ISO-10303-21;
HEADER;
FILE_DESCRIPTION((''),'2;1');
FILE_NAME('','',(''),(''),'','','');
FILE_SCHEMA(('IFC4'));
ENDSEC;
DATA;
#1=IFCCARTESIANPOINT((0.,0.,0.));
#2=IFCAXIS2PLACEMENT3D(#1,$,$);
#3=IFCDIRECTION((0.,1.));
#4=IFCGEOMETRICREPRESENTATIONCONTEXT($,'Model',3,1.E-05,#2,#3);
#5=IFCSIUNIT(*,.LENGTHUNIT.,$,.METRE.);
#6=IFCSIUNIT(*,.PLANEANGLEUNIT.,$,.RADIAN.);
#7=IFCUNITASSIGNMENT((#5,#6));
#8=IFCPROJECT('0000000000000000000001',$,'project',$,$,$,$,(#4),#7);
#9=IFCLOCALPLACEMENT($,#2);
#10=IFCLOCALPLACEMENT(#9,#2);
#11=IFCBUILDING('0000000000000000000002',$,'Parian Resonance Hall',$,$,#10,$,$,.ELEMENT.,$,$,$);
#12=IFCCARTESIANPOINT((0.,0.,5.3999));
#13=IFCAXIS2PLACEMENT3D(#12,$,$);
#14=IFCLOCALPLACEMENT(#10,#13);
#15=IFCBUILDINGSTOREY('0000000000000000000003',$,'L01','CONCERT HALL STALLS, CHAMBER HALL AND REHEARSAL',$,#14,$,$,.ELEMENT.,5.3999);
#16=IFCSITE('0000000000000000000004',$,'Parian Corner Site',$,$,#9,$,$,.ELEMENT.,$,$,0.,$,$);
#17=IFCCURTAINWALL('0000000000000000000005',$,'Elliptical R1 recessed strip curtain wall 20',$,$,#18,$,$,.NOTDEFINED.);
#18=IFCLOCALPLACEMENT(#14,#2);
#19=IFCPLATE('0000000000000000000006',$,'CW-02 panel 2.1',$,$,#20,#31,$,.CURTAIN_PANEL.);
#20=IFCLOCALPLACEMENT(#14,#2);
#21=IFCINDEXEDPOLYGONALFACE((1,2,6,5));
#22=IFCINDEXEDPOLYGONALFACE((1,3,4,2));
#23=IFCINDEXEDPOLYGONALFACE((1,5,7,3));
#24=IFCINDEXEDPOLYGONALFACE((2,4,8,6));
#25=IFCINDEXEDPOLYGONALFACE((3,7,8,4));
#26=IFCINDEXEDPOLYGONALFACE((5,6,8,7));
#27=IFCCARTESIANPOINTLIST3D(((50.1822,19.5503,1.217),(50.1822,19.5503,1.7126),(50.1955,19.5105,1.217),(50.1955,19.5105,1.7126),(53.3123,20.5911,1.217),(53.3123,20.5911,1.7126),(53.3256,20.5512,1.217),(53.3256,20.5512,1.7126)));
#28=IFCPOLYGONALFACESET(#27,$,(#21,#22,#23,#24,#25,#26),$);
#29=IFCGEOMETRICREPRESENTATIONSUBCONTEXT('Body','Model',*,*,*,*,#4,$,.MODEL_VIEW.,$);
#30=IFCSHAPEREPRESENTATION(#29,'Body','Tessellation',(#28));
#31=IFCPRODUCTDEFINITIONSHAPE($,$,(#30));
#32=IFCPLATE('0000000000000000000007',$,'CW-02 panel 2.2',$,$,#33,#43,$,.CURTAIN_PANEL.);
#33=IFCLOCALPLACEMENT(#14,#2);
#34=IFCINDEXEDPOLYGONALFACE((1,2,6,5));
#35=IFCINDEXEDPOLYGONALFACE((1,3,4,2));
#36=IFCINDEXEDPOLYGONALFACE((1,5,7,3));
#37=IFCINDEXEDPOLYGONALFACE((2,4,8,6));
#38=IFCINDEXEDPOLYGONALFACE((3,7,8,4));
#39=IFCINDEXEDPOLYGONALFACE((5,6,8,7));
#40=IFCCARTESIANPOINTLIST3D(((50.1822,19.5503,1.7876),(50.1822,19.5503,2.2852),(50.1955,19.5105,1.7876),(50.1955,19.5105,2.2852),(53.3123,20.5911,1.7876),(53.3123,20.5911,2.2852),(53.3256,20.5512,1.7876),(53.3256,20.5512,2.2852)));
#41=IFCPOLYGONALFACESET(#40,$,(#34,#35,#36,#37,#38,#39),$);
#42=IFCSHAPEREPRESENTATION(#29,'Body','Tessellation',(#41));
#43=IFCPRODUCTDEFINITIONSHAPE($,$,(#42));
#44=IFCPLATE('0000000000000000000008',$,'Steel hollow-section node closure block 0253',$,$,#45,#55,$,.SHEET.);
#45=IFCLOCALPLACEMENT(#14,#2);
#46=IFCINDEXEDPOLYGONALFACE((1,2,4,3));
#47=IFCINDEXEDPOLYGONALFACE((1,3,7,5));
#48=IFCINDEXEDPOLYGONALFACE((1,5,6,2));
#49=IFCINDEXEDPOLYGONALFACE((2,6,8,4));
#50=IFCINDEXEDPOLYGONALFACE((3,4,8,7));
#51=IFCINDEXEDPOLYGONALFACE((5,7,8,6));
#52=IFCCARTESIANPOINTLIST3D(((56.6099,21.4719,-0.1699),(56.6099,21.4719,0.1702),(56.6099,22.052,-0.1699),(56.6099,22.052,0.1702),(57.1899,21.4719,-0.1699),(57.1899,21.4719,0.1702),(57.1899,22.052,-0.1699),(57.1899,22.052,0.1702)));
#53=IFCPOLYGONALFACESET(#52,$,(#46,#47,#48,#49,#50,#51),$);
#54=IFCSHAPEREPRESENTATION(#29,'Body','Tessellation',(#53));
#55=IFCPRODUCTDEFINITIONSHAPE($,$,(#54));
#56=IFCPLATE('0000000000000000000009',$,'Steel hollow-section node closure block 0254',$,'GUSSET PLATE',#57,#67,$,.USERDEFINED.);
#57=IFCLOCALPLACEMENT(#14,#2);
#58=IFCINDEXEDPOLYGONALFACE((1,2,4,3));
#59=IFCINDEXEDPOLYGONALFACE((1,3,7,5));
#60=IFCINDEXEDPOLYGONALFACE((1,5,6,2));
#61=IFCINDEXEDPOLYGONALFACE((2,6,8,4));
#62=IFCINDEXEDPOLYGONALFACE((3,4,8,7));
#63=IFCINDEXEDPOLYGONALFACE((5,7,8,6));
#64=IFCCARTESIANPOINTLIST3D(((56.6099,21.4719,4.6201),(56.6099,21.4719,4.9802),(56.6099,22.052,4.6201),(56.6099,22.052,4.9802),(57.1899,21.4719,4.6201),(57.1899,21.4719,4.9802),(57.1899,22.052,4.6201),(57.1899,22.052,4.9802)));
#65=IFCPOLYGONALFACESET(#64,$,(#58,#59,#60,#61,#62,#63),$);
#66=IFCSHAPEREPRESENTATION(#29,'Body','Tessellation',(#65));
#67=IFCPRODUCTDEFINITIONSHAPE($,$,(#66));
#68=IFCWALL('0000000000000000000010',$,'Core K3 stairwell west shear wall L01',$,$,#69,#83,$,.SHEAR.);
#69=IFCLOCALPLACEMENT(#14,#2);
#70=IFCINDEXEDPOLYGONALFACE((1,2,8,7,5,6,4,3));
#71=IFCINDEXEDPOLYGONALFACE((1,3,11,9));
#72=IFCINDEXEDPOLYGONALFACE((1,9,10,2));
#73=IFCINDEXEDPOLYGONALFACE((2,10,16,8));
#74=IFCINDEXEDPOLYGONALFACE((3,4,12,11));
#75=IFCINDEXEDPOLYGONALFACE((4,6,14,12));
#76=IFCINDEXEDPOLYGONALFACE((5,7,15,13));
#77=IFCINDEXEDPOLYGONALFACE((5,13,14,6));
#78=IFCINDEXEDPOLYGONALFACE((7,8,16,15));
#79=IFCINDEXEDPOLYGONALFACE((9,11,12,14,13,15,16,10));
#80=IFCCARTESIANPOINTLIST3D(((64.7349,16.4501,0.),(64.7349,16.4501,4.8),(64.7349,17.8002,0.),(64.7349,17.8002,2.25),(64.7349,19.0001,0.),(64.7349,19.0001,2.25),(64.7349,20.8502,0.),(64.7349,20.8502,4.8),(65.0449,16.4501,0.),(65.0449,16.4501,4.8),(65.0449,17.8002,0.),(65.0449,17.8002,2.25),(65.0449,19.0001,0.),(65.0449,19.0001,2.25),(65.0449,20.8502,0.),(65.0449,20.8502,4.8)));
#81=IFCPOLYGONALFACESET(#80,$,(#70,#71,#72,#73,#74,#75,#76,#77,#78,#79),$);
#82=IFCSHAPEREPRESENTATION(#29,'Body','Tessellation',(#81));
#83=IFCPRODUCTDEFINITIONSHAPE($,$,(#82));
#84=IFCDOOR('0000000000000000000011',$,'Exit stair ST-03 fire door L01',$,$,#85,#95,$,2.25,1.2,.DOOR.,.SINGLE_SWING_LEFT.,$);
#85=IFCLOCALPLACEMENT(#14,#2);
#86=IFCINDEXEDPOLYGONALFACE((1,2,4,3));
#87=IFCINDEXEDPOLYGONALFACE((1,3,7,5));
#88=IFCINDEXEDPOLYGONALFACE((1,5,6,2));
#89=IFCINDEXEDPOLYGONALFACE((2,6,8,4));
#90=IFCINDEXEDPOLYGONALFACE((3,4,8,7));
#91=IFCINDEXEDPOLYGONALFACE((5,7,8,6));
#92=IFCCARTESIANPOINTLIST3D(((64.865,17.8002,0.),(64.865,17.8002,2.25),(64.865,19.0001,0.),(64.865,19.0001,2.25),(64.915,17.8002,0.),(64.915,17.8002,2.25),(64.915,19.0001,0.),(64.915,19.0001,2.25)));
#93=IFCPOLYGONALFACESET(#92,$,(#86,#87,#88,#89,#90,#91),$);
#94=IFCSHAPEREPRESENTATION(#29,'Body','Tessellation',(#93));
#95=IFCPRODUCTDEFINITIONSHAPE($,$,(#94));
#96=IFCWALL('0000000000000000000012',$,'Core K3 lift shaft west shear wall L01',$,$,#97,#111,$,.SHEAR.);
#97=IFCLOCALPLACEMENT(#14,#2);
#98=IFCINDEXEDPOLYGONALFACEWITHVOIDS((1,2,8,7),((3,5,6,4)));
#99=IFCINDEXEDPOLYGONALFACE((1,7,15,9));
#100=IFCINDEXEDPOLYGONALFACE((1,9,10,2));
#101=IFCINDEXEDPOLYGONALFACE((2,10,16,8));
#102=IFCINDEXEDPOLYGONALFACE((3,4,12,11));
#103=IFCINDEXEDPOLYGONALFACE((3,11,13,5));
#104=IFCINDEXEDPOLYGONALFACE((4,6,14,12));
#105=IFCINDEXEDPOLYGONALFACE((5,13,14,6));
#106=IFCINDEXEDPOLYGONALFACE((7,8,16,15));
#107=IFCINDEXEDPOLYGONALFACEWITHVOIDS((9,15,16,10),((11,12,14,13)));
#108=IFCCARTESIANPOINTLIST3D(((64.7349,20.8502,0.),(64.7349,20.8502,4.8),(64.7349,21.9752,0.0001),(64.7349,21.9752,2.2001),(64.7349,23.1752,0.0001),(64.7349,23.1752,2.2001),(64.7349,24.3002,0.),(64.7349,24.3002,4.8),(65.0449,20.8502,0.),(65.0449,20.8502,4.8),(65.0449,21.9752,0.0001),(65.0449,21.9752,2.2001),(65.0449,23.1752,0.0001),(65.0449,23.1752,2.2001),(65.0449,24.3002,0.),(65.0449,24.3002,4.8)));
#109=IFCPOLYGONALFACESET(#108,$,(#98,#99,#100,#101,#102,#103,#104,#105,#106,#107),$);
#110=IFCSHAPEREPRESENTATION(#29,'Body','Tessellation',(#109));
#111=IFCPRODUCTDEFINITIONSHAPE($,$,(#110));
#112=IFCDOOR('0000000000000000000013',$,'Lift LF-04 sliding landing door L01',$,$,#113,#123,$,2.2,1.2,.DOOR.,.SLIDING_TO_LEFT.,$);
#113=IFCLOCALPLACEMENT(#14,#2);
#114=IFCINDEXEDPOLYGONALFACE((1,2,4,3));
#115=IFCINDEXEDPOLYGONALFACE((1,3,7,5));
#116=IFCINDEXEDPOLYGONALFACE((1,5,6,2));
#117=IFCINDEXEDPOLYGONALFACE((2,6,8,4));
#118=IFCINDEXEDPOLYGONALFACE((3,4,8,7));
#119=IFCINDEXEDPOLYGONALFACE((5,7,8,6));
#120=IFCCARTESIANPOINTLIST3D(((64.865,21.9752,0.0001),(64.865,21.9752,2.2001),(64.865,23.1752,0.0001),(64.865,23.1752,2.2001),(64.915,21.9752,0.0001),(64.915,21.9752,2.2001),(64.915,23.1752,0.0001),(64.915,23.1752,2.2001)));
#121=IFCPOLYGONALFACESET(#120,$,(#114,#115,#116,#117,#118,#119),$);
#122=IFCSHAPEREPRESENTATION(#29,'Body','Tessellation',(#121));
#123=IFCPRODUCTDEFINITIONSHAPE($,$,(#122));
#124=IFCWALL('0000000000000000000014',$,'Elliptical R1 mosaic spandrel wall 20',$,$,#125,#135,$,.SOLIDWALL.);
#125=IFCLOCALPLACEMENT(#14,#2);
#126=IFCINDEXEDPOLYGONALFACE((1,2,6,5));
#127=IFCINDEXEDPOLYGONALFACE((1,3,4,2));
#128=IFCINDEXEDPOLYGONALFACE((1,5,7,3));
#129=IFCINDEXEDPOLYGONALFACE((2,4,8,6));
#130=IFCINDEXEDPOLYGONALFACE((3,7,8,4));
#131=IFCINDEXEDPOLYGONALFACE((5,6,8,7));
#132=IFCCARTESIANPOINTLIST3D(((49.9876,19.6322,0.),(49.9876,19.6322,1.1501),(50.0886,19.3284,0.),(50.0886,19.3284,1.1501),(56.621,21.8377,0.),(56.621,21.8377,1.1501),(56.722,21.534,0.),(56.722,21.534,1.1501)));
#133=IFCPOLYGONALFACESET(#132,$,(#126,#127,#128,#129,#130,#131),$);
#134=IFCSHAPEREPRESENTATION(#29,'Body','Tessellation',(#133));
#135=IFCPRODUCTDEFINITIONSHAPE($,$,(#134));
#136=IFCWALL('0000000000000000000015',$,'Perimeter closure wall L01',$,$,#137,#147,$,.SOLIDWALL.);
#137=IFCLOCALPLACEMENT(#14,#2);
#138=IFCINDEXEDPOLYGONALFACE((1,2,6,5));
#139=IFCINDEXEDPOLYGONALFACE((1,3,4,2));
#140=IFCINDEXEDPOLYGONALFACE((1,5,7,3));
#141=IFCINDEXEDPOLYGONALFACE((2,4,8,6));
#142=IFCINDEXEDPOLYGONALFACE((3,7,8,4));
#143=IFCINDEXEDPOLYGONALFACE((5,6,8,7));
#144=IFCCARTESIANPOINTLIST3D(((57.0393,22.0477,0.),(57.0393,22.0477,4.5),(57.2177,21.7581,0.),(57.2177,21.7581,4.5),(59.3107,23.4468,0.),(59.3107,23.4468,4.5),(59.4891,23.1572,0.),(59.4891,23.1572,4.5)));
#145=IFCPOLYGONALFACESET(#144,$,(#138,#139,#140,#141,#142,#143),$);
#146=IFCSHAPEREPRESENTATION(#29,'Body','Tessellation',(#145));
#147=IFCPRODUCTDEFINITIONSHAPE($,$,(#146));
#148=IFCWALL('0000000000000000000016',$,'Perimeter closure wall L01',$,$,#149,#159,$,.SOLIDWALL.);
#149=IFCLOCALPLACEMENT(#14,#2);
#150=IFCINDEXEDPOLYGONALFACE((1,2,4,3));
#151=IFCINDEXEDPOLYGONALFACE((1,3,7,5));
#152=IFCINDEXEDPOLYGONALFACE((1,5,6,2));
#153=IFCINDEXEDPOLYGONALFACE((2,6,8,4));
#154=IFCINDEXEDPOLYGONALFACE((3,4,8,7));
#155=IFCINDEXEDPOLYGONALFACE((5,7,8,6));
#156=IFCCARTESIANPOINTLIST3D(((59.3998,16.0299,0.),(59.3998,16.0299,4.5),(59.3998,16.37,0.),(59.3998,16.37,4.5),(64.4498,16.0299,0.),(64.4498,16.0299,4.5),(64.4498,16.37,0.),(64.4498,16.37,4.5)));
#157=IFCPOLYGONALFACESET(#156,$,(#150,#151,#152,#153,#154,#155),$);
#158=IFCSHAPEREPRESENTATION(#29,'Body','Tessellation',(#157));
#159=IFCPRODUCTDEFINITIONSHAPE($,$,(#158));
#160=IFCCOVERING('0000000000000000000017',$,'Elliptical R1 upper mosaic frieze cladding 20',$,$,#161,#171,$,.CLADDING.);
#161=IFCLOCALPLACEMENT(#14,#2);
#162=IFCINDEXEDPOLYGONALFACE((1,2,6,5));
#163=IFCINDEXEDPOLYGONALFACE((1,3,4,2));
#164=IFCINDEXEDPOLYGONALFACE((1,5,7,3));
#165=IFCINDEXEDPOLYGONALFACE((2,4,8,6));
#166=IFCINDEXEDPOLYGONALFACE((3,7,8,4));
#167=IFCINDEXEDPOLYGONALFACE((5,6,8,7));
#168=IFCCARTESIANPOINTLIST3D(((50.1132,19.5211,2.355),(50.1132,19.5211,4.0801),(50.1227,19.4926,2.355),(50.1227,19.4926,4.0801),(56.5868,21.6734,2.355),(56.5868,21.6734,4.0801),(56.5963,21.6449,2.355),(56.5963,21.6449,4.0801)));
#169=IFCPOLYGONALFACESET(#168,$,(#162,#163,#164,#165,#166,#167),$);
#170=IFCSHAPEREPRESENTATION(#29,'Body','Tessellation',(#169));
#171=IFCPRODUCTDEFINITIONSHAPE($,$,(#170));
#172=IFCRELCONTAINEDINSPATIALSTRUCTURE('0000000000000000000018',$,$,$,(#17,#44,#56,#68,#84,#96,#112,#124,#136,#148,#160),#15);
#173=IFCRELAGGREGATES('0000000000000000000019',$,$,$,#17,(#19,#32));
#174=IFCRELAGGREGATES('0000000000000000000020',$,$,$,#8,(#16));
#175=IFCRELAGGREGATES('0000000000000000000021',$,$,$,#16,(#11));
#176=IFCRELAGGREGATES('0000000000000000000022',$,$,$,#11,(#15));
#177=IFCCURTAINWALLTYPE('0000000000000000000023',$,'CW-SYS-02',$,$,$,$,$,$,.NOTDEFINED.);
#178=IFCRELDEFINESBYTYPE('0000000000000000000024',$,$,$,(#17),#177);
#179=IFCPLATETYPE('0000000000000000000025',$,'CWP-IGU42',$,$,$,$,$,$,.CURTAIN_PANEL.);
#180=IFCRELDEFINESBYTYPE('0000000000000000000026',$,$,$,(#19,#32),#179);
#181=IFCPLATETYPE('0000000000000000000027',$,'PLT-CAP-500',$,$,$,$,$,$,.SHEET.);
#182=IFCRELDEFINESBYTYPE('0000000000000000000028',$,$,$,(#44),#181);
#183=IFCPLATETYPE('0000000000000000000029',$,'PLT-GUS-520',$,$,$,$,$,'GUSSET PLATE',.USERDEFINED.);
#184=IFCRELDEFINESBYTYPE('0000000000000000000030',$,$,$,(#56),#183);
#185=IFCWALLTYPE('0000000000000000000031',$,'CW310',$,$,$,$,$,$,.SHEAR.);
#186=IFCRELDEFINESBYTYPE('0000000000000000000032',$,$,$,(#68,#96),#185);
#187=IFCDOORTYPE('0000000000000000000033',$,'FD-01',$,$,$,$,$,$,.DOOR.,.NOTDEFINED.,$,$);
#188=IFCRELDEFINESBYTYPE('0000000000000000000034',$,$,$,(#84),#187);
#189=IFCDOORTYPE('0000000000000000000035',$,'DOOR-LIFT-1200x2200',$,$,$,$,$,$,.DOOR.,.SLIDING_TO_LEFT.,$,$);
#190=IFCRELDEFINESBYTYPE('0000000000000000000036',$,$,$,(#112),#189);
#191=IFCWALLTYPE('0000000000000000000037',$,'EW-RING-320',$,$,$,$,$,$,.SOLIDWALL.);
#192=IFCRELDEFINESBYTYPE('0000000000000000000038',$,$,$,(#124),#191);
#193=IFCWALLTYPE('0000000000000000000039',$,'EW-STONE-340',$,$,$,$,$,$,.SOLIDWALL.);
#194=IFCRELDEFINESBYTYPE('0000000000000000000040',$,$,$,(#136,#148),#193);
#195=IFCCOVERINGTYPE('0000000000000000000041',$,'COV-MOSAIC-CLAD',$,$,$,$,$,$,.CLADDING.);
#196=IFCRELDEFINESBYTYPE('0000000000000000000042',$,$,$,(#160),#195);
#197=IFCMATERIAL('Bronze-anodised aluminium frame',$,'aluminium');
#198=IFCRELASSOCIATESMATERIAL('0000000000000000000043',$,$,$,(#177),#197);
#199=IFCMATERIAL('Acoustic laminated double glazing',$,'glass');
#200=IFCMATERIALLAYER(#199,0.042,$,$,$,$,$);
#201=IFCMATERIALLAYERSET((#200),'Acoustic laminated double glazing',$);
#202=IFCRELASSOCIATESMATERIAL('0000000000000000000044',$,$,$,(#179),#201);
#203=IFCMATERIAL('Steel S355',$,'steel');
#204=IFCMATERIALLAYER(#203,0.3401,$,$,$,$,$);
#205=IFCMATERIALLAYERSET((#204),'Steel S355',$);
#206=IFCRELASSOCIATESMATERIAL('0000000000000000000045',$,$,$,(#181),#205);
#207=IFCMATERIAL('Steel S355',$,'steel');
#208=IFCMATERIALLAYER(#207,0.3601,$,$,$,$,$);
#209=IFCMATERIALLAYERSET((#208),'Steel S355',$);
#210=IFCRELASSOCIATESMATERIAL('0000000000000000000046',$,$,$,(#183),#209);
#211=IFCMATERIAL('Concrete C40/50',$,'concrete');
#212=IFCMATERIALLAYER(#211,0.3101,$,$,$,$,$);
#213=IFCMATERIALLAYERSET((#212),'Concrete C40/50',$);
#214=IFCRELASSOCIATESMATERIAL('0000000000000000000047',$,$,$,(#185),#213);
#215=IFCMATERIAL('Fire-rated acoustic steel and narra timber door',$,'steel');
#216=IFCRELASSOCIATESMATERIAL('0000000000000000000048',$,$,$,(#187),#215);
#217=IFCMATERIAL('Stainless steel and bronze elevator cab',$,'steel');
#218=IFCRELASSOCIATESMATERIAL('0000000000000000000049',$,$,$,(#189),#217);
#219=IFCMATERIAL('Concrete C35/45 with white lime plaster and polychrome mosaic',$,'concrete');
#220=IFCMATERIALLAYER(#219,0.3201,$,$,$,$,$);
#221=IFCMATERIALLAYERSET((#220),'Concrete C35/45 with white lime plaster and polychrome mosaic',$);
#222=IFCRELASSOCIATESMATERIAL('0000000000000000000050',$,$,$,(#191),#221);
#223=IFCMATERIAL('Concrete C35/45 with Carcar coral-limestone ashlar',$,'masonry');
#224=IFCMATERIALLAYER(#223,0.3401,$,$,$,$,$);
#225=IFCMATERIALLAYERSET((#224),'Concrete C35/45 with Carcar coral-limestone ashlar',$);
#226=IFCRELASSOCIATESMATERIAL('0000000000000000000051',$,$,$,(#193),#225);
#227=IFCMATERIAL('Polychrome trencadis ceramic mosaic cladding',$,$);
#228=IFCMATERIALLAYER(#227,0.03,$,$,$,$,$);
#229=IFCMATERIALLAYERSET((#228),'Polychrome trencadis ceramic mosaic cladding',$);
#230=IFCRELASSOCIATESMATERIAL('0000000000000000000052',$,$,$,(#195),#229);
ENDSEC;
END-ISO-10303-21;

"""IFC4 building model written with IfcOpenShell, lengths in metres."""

from ifc_helpers import new_model, si_unit, direction, frame, frame_2d, origin, origin_2d, place, context, subcontext, project, spatial, rectangle, extrude, material, layer, layer_set, type_object, element, fill, aggregate, save


model = new_model("IFC4")

# Units and contexts
model_context = context("Model", 3, precision=1e-05, world=origin(), true_north=direction((0.0, 1.0)))
body_context = subcontext(model_context, "Body", "Model", "MODEL_VIEW")
ifc_project = project(units=[si_unit("LENGTHUNIT", "METRE"), si_unit("PLANEANGLEUNIT", "RADIAN")], contexts=[model_context])

# Site, building, storey
site_placement = place(None, origin())
site = spatial("IfcSite", under=ifc_project, at=site_placement, Name="Parian Corner Site", CompositionType="ELEMENT", RefElevation=0.0)
building_placement = place(site_placement, origin())
building = spatial("IfcBuilding", under=site, at=building_placement, Name="Parian Resonance Hall", CompositionType="ELEMENT")
storey_placement = place(building_placement, frame((0.0, 0.0, 5.3999)))
storey = spatial("IfcBuildingStorey", under=building, at=storey_placement, Name="L01", Description="CONCERT HALL STALLS, CHAMBER HALL AND REHEARSAL", CompositionType="ELEMENT", Elevation=5.3999)

# Curtain wall, plates
ifc_material_1 = material(Name="Bronze-anodised aluminium frame", Category="aluminium")
curtain_wall_type = type_object("IfcCurtainWallType", Name="CW-SYS-02", PredefinedType="NOTDEFINED", material=ifc_material_1)
curtain_wall_placement = place(storey_placement, origin())
curtain_wall = element("IfcCurtainWall", 1, at=curtain_wall_placement, inside=storey, type_object=curtain_wall_type, Name="Elliptical R1 recessed strip curtain wall 20", PredefinedType="NOTDEFINED")
ifc_material_2 = material(Name="Acoustic laminated double glazing", Category="glass")
ifc_layer_1 = layer(ifc_material_2, 0.042)
ifc_layer_set_1 = layer_set([ifc_layer_1], Name="Acoustic laminated double glazing")
plate_type_1 = type_object("IfcPlateType", Name="CWP-IGU42", PredefinedType="CURTAIN_PANEL", material=ifc_layer_set_1)
plate_1_placement = place(storey_placement, frame((51.7539, 20.0508, 1.217), z_axis=(0.0, 0.0, 1.0), x_axis=(-0.948925, -0.315502, 0.0)))
plate_1 = element("IfcPlate", 2, at=plate_1_placement, type_object=plate_type_1, Name="CW-02 panel 2.1", PredefinedType="CURTAIN_PANEL", context=body_context, shape_type="SweptSolid", body=[
    extrude(rectangle(XDim=3.2986, YDim=0.042, at=origin_2d()), origin(), (0.0, 0.0, 1.0), 0.4956),
])
plate_2_placement = place(storey_placement, frame((51.7539, 20.0508, 1.7876), z_axis=(0.0, 0.0, 1.0), x_axis=(-0.948925, -0.315502, 0.0)))
plate_2 = element("IfcPlate", 3, at=plate_2_placement, type_object=plate_type_1, Name="CW-02 panel 2.2", PredefinedType="CURTAIN_PANEL", context=body_context, shape_type="SweptSolid", body=[
    extrude(rectangle(XDim=3.2986, YDim=0.042, at=origin_2d()), origin(), (0.0, 0.0, 1.0), 0.4976),
])
aggregate(curtain_wall, [plate_1, plate_2])

# Plates
ifc_material_3 = material(Name="Steel S355", Category="steel")
ifc_layer_2 = layer(ifc_material_3, 0.3401)
ifc_layer_set_2 = layer_set([ifc_layer_2], Name="Steel S355")
plate_type_2 = type_object("IfcPlateType", Name="PLT-CAP-500", PredefinedType="SHEET", material=ifc_layer_set_2)
plate_3_placement = place(storey_placement, frame((56.8999, 21.762, -0.1699), z_axis=(0.0, 0.0, 1.0), x_axis=(1.0, 0.0, 0.0)))
element("IfcPlate", 4, at=plate_3_placement, inside=storey, type_object=plate_type_2, Name="Steel hollow-section node closure block 0253", PredefinedType="SHEET", context=body_context, shape_type="SweptSolid", body=[
    extrude(rectangle(XDim=0.5801, YDim=0.5801, at=origin_2d()), origin(), (0.0, 0.0, 1.0), 0.3401),
])
ifc_material_4 = material(Name="Steel S355", Category="steel")
ifc_layer_3 = layer(ifc_material_4, 0.3601)
ifc_layer_set_3 = layer_set([ifc_layer_3], Name="Steel S355")
plate_type_3 = type_object("IfcPlateType", Name="PLT-GUS-520", ElementType="GUSSET PLATE", PredefinedType="USERDEFINED", material=ifc_layer_set_3)
plate_4_placement = place(storey_placement, frame((56.8999, 21.762, 4.6201), z_axis=(0.0, 0.0, 1.0), x_axis=(1.0, 0.0, 0.0)))
element("IfcPlate", 5, at=plate_4_placement, inside=storey, type_object=plate_type_3, Name="Steel hollow-section node closure block 0254", ObjectType="GUSSET PLATE", PredefinedType="USERDEFINED", context=body_context, shape_type="SweptSolid", body=[
    extrude(rectangle(XDim=0.5801, YDim=0.5801, at=origin_2d()), origin(), (0.0, 0.0, 1.0), 0.3601),
])

# Walls, openings, doors
ifc_material_5 = material(Name="Concrete C40/50", Category="concrete")
ifc_layer_4 = layer(ifc_material_5, 0.3101)
ifc_layer_set_4 = layer_set([ifc_layer_4], Name="Concrete C40/50")
wall_type_1 = type_object("IfcWallType", Name="CW310", PredefinedType="SHEAR", material=ifc_layer_set_4)
wall_1_placement = place(storey_placement, frame((64.8899, 16.45, 0.0), z_axis=(0.0, 0.0, 1.0), x_axis=(0.0, 1.0, 0.0)))
wall_1 = element("IfcWall", 6, at=wall_1_placement, inside=storey, type_object=wall_type_1, Name="Core K3 stairwell west shear wall L01", PredefinedType="SHEAR", context=body_context, shape_type="SweptSolid", body=[
    extrude(rectangle(XDim=4.4001, YDim=0.3101, at=frame_2d((2.2002, 0.0))), origin(), (0.0, 0.0, 1.0), 4.8),
])
opening_1_placement = place(wall_1_placement, frame((1.3501, 0.0, 0.0)))
opening_1 = element("IfcOpeningElement", 7, at=opening_1_placement, cuts=wall_1, PredefinedType="OPENING", context=body_context, shape_type="SweptSolid", body=[
    extrude(rectangle(XDim=1.2, YDim=2.25, at=frame_2d((0.6001, 1.125))), frame((0.0, 0.165, 0.0), z_axis=(0.0, -1.0, 0.0), x_axis=(1.0, 0.0, 0.0)), (0.0, 0.0, 1.0), 0.3301),
])
ifc_material_6 = material(Name="Fire-rated acoustic steel and narra timber door", Category="steel")
door_type_1 = type_object("IfcDoorType", Name="FD-01", OperationType="NOTDEFINED", PredefinedType="DOOR", material=ifc_material_6)
door_1_placement = place(opening_1_placement, origin())
door_1 = element("IfcDoor", 8, at=door_1_placement, inside=storey, type_object=door_type_1, Name="Exit stair ST-03 fire door L01", OperationType="SINGLE_SWING_LEFT", OverallHeight=2.25, OverallWidth=1.2, PredefinedType="DOOR", context=body_context, shape_type="SweptSolid", body=[
    extrude(rectangle(XDim=1.2, YDim=2.25, at=frame_2d((0.6001, 1.125))), frame((0.0, 0.0249, 0.0), z_axis=(0.0, -1.0, 0.0), x_axis=(1.0, 0.0, 0.0)), (0.0, 0.0, 1.0), 0.05),
])
fill(opening_1, door_1)
wall_2_placement = place(storey_placement, frame((64.8899, 20.8501, 0.0), z_axis=(0.0, 0.0, 1.0), x_axis=(0.0, 1.0, 0.0)))
wall_2 = element("IfcWall", 9, at=wall_2_placement, inside=storey, type_object=wall_type_1, Name="Core K3 lift shaft west shear wall L01", PredefinedType="SHEAR", context=body_context, shape_type="SweptSolid", body=[
    extrude(rectangle(XDim=3.45, YDim=0.3101, at=frame_2d((1.7251, 0.0))), origin(), (0.0, 0.0, 1.0), 4.8),
])
opening_2_placement = place(wall_2_placement, frame((1.125, 0.0, 0.0)))
opening_2 = element("IfcOpeningElement", 10, at=opening_2_placement, cuts=wall_2, PredefinedType="OPENING", context=body_context, shape_type="SweptSolid", body=[
    extrude(rectangle(XDim=1.2, YDim=2.2, at=frame_2d((0.6001, 1.1001))), frame((0.0, 0.165, 0.0), z_axis=(0.0, -1.0, 0.0), x_axis=(1.0, 0.0, 0.0)), (0.0, 0.0, 1.0), 0.3301),
])
ifc_material_7 = material(Name="Stainless steel and bronze elevator cab", Category="steel")
door_type_2 = type_object("IfcDoorType", Name="DOOR-LIFT-1200x2200", OperationType="SLIDING_TO_LEFT", PredefinedType="DOOR", material=ifc_material_7)
door_2_placement = place(opening_2_placement, origin())
door_2 = element("IfcDoor", 11, at=door_2_placement, inside=storey, type_object=door_type_2, Name="Lift LF-04 sliding landing door L01", OperationType="SLIDING_TO_LEFT", OverallHeight=2.2, OverallWidth=1.2, PredefinedType="DOOR", context=body_context, shape_type="SweptSolid", body=[
    extrude(rectangle(XDim=1.2, YDim=2.2, at=frame_2d((0.6001, 1.1001))), frame((0.0, 0.0249, 0.0), z_axis=(0.0, -1.0, 0.0), x_axis=(1.0, 0.0, 0.0)), (0.0, 0.0, 1.0), 0.05),
])
fill(opening_2, door_2)

# Walls
ifc_material_8 = material(Name="Concrete C35/45 with white lime plaster and polychrome mosaic", Category="concrete")
ifc_layer_5 = layer(ifc_material_8, 0.3201)
ifc_layer_set_5 = layer_set([ifc_layer_5], Name="Concrete C35/45 with white lime plaster and polychrome mosaic")
wall_type_2 = type_object("IfcWallType", Name="EW-RING-320", PredefinedType="SOLIDWALL", material=ifc_layer_set_5)
wall_3_placement = place(storey_placement, frame((56.6714, 21.6858, 0.0), z_axis=(0.0, 0.0, 1.0), x_axis=(-0.948924, -0.315505, 0.0)))
element("IfcWall", 12, at=wall_3_placement, inside=storey, type_object=wall_type_2, Name="Elliptical R1 mosaic spandrel wall 20", PredefinedType="SOLIDWALL", context=body_context, shape_type="SweptSolid", body=[
    extrude(rectangle(XDim=6.9905, YDim=0.3201, at=frame_2d((3.4951, 0.0))), origin(), (0.0, 0.0, 1.0), 1.1501),
])
ifc_material_9 = material(Name="Concrete C35/45 with Carcar coral-limestone ashlar", Category="masonry")
ifc_layer_6 = layer(ifc_material_9, 0.3401)
ifc_layer_set_6 = layer_set([ifc_layer_6], Name="Concrete C35/45 with Carcar coral-limestone ashlar")
wall_type_3 = type_object("IfcWallType", Name="EW-STONE-340", PredefinedType="SOLIDWALL", material=ifc_layer_set_6)
wall_4_placement = place(storey_placement, frame((57.1284, 21.9028, 0.0), z_axis=(0.0, 0.0, 1.0), x_axis=(0.851435, 0.52446, 0.0)))
element("IfcWall", 13, at=wall_4_placement, inside=storey, type_object=wall_type_3, Name="Perimeter closure wall L01", PredefinedType="SOLIDWALL", context=body_context, shape_type="SweptSolid", body=[
    extrude(rectangle(XDim=2.6677, YDim=0.3401, at=frame_2d((1.334, 0.0))), origin(), (0.0, 0.0, 1.0), 4.5),
])
wall_5_placement = place(storey_placement, frame((59.3999, 16.2, 0.0), z_axis=(0.0, 0.0, 1.0), x_axis=(1.0, 0.0, 0.0)))
element("IfcWall", 14, at=wall_5_placement, inside=storey, type_object=wall_type_3, Name="Perimeter closure wall L01", PredefinedType="SOLIDWALL", context=body_context, shape_type="SweptSolid", body=[
    extrude(rectangle(XDim=5.05, YDim=0.3401, at=frame_2d((2.5249, 0.0))), origin(), (0.0, 0.0, 1.0), 4.5),
])

# Covering
ifc_material_10 = material(Name="Polychrome trencadis ceramic mosaic cladding")
ifc_layer_7 = layer(ifc_material_10, 0.03)
ifc_layer_set_7 = layer_set([ifc_layer_7], Name="Polychrome trencadis ceramic mosaic cladding")
covering_type = type_object("IfcCoveringType", Name="COV-MOSAIC-CLAD", PredefinedType="CLADDING", material=ifc_layer_set_7)
covering_placement = place(storey_placement, frame((53.3547, 20.583, 2.355), z_axis=(0.0, 0.0, 1.0), x_axis=(-0.948925, -0.315502, 0.0)))
element("IfcCovering", 15, at=covering_placement, inside=storey, type_object=covering_type, Name="Elliptical R1 upper mosaic frieze cladding 20", PredefinedType="CLADDING", context=body_context, shape_type="SweptSolid", body=[
    extrude(rectangle(XDim=6.822, YDim=0.03, at=origin_2d()), origin(), (0.0, 0.0, 1.0), 1.7251),
])

save(model, "model.ifc")
